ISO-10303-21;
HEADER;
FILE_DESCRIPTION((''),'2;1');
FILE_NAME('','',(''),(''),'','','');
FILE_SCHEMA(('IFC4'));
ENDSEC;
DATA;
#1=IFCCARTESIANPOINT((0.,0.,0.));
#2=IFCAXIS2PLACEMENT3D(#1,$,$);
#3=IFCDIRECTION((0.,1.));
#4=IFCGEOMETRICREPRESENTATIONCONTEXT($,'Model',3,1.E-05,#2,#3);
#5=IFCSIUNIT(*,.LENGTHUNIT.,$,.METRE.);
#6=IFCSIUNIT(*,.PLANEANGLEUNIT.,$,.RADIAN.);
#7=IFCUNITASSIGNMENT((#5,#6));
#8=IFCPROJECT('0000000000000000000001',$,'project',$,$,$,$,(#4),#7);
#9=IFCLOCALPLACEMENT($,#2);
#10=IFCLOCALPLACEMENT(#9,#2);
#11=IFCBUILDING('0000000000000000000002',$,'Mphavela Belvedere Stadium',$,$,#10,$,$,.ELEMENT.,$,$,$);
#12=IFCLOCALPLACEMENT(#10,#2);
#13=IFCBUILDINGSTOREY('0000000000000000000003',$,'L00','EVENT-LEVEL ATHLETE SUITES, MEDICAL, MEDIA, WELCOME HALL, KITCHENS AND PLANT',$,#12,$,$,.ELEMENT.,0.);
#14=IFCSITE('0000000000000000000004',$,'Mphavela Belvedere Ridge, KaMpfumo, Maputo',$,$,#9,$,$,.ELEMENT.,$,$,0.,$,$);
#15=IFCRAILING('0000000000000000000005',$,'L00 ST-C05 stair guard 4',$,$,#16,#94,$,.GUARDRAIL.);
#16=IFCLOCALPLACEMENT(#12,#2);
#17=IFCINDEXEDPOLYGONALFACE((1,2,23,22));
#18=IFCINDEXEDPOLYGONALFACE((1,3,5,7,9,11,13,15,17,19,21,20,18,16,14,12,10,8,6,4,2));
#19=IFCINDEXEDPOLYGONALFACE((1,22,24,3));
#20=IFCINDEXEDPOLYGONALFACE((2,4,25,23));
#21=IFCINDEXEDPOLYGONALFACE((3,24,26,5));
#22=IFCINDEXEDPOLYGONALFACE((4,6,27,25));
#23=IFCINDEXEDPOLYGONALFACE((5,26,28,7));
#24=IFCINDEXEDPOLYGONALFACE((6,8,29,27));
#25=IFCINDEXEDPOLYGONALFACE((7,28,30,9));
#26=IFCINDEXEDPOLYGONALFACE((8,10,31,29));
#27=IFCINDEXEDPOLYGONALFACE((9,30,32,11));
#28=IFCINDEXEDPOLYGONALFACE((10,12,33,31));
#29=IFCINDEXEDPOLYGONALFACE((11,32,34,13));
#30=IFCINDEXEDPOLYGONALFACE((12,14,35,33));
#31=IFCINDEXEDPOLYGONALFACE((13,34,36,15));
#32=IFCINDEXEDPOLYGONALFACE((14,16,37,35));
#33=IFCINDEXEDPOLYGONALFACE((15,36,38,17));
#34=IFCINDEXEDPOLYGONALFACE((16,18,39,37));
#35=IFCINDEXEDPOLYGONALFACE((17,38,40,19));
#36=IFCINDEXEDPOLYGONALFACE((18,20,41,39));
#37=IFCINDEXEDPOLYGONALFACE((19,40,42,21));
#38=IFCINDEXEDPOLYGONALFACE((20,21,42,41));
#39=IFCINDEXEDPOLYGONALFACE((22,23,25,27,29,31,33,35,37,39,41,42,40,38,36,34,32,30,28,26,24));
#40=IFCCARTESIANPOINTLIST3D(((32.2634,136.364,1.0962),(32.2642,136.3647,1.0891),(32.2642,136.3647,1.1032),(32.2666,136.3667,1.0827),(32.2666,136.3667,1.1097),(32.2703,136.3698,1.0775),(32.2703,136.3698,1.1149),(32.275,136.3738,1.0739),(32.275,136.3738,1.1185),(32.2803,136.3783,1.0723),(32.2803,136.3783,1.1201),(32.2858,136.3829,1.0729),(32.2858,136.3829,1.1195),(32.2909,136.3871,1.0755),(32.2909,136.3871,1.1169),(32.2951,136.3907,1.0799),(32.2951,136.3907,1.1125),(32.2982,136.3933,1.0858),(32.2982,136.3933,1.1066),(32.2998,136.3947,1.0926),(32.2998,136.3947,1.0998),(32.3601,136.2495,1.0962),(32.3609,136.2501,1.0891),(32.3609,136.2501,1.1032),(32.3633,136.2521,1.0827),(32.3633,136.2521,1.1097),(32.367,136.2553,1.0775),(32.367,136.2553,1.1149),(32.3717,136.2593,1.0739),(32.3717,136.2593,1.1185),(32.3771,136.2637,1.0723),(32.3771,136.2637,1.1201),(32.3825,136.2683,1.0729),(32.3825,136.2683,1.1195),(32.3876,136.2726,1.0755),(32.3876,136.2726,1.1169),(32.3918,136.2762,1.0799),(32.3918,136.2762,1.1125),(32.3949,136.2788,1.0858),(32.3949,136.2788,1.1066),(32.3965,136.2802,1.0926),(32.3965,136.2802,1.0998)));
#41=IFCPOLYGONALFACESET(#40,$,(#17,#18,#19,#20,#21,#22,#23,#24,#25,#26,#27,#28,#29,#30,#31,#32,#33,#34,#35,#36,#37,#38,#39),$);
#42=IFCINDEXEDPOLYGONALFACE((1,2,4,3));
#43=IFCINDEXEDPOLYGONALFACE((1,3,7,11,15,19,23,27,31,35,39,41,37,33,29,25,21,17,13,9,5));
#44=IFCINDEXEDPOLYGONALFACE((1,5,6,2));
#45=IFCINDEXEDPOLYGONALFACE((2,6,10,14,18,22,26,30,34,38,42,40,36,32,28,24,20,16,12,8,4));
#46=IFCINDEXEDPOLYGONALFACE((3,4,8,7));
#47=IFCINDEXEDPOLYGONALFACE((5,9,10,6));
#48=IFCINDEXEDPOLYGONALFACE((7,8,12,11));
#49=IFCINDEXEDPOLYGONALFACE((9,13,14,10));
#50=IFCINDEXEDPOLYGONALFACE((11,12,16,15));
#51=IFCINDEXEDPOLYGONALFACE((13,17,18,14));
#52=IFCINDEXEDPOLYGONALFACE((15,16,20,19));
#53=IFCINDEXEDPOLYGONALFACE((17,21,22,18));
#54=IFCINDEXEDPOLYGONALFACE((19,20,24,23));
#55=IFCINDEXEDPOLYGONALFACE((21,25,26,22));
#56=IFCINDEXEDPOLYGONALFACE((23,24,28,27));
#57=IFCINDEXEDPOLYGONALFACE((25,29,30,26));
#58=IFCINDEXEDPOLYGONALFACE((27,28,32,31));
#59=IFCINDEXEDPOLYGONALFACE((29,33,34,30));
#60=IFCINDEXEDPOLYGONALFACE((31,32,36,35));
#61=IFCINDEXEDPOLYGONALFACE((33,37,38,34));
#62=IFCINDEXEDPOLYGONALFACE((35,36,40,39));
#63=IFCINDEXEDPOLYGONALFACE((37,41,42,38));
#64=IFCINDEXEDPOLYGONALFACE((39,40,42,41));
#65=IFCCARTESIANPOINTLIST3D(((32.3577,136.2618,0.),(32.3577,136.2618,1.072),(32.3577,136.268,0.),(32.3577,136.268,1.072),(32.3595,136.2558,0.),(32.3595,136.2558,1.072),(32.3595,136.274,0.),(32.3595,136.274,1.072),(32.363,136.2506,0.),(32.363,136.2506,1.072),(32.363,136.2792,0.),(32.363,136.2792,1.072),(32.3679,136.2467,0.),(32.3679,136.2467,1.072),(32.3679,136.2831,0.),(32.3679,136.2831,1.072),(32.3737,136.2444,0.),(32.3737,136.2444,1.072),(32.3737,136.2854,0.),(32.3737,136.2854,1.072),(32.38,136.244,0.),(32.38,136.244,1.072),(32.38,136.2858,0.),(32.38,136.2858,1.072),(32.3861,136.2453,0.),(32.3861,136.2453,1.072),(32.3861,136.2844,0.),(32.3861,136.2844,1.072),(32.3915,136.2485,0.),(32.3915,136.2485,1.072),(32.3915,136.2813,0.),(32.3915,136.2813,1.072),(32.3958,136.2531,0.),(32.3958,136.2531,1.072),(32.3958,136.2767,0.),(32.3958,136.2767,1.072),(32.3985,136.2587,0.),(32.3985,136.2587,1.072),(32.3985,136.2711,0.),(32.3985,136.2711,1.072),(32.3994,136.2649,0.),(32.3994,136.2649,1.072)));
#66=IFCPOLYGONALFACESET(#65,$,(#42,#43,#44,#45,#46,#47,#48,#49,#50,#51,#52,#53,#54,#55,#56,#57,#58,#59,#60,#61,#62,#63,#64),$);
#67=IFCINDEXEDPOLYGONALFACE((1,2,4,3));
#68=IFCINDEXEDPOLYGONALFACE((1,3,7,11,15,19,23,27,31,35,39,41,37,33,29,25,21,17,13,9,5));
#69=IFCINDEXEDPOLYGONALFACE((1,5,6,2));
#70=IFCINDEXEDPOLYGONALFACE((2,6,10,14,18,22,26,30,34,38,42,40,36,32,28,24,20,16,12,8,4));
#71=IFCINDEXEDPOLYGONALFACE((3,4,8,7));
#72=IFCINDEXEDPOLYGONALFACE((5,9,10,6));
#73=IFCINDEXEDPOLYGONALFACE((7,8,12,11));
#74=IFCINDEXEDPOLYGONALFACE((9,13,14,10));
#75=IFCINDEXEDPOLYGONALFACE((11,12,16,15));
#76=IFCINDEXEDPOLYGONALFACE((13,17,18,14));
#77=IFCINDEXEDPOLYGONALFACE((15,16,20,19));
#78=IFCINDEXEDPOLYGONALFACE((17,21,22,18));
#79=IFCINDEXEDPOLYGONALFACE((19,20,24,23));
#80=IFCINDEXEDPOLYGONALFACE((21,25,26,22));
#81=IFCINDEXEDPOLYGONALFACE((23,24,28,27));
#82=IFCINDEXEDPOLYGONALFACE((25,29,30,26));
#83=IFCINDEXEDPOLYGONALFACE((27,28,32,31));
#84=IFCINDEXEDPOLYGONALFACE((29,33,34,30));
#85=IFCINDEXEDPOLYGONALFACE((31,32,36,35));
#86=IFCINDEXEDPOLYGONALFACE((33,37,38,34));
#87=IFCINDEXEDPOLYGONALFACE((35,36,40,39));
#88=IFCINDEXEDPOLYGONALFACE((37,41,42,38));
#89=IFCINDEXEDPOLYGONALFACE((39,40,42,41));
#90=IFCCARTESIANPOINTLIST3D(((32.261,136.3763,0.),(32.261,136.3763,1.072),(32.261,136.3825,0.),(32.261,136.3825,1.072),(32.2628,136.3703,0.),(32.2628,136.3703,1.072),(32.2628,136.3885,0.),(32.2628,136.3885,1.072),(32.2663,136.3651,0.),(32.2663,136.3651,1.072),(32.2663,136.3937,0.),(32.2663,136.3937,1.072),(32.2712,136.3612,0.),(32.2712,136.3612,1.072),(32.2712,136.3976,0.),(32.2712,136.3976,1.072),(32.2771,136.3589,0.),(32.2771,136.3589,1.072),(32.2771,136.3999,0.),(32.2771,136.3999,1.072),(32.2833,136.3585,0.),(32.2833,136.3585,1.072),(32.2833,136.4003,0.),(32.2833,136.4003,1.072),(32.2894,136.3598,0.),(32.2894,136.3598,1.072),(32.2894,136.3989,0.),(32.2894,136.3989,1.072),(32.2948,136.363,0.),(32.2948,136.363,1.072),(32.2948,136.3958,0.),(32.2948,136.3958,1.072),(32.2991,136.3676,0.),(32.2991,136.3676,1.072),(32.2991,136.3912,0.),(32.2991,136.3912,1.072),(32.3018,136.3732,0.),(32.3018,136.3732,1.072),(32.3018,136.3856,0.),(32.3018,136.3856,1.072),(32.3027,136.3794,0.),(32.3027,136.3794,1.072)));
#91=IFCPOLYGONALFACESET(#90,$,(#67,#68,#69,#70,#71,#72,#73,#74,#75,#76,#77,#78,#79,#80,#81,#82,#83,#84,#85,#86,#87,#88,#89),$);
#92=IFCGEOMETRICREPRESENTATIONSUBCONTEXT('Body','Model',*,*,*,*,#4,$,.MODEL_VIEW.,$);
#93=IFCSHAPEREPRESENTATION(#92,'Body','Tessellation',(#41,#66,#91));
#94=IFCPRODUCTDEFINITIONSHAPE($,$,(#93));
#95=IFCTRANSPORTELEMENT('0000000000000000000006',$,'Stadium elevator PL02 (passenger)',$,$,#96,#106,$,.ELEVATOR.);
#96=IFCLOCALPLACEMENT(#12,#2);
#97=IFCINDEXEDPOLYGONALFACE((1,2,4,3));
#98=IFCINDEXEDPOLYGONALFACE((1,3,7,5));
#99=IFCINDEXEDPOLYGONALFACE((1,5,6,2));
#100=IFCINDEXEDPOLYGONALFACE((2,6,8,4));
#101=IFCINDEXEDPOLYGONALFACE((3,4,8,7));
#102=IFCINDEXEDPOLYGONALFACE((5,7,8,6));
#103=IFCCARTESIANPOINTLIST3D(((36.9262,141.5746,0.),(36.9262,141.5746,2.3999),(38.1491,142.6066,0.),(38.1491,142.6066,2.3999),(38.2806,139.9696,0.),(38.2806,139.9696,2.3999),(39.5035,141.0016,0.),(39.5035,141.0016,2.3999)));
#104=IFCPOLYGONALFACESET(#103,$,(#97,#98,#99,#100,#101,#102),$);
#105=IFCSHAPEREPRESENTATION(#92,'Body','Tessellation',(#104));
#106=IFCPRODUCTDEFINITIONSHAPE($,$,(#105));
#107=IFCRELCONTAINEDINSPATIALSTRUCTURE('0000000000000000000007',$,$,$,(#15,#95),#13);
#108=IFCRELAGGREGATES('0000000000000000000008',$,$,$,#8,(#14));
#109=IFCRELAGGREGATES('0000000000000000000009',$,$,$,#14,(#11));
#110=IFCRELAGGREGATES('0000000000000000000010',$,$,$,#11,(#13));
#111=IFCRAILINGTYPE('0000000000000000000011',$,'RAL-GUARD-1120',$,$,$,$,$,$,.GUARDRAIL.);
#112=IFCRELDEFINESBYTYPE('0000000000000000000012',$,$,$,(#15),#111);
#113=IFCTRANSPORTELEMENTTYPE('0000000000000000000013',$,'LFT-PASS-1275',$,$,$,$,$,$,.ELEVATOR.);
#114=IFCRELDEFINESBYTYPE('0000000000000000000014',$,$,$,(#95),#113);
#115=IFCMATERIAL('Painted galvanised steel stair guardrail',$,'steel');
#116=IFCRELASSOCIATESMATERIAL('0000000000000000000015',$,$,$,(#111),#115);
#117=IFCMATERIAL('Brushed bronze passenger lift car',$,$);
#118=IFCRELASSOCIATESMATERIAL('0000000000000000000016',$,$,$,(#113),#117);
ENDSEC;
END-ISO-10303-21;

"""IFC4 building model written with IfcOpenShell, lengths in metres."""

from ifc_helpers import new_model, si_unit, direction, frame, origin, origin_2d, place, context, subcontext, project, spatial, rectangle, circle, extrude, material, type_object, element, save


model = new_model("IFC4")

# Units and contexts
model_context = context("Model", 3, precision=1e-05, world=origin(), true_north=direction((0.0, 1.0)))
body_context = subcontext(model_context, "Body", "Model", "MODEL_VIEW")
ifc_project = project(units=[si_unit("LENGTHUNIT", "METRE"), si_unit("PLANEANGLEUNIT", "RADIAN")], contexts=[model_context])

# Site, building, storey
site_placement = place(None, origin())
site = spatial("IfcSite", under=ifc_project, at=site_placement, Name="Mphavela Belvedere Ridge, KaMpfumo, Maputo", CompositionType="ELEMENT", RefElevation=0.0)
building_placement = place(site_placement, origin())
building = spatial("IfcBuilding", under=site, at=building_placement, Name="Mphavela Belvedere Stadium", CompositionType="ELEMENT")
storey_placement = place(building_placement, origin())
storey = spatial("IfcBuildingStorey", under=building, at=storey_placement, Name="L00", Description="EVENT-LEVEL ATHLETE SUITES, MEDICAL, MEDIA, WELCOME HALL, KITCHENS AND PLANT", CompositionType="ELEMENT", Elevation=0.0)

# Railing
ifc_material_1 = material(Name="Painted galvanised steel stair guardrail", Category="steel")
railing_type_1 = type_object("IfcRailingType", Name="RAL-GUARD-1120", PredefinedType="GUARDRAIL", material=ifc_material_1)
railing_1_placement = place(storey_placement, frame((32.3784, 136.2649, 0.0)))
element("IfcRailing", 1, at=railing_1_placement, inside=storey, type_object=railing_type_1, Name="L00 ST-C05 stair guard 4", PredefinedType="GUARDRAIL", context=body_context, shape_type="SweptSolid", body=[
    extrude(circle(Radius=0.0239, at=origin_2d()), frame((0.0, 0.0, 1.0962), z_axis=(-0.645139, 0.764066, 0.0), x_axis=(-0.764066, -0.645139, 0.0)), (0.0, 0.0, 1.0), 0.1499),
    extrude(circle(Radius=0.021, at=origin_2d()), origin(), (0.0, 0.0, 1.0), 1.072),
    extrude(circle(Radius=0.021, at=origin_2d()), frame((-0.0967, 0.1145, 0.0)), (0.0, 0.0, 1.0), 1.072),
])

# Transport element
ifc_material_2 = material(Name="Brushed bronze passenger lift car")
transport_element_type = type_object("IfcTransportElementType", Name="LFT-PASS-1275", PredefinedType="ELEVATOR", material=ifc_material_2)
transport_element_placement = place(storey_placement, frame((38.2148, 141.2881, 0.0), z_axis=(0.0, 0.0, 1.0), x_axis=(0.764246, 0.644924, 0.0)))
element("IfcTransportElement", 2, at=transport_element_placement, inside=storey, type_object=transport_element_type, Name="Stadium elevator PL02 (passenger)", PredefinedType="ELEVATOR", context=body_context, shape_type="SweptSolid", body=[
    extrude(rectangle(XDim=1.6001, YDim=2.1001, at=origin_2d()), origin(), (0.0, 0.0, 1.0), 2.3999),
])

save(model, "model.ifc")
